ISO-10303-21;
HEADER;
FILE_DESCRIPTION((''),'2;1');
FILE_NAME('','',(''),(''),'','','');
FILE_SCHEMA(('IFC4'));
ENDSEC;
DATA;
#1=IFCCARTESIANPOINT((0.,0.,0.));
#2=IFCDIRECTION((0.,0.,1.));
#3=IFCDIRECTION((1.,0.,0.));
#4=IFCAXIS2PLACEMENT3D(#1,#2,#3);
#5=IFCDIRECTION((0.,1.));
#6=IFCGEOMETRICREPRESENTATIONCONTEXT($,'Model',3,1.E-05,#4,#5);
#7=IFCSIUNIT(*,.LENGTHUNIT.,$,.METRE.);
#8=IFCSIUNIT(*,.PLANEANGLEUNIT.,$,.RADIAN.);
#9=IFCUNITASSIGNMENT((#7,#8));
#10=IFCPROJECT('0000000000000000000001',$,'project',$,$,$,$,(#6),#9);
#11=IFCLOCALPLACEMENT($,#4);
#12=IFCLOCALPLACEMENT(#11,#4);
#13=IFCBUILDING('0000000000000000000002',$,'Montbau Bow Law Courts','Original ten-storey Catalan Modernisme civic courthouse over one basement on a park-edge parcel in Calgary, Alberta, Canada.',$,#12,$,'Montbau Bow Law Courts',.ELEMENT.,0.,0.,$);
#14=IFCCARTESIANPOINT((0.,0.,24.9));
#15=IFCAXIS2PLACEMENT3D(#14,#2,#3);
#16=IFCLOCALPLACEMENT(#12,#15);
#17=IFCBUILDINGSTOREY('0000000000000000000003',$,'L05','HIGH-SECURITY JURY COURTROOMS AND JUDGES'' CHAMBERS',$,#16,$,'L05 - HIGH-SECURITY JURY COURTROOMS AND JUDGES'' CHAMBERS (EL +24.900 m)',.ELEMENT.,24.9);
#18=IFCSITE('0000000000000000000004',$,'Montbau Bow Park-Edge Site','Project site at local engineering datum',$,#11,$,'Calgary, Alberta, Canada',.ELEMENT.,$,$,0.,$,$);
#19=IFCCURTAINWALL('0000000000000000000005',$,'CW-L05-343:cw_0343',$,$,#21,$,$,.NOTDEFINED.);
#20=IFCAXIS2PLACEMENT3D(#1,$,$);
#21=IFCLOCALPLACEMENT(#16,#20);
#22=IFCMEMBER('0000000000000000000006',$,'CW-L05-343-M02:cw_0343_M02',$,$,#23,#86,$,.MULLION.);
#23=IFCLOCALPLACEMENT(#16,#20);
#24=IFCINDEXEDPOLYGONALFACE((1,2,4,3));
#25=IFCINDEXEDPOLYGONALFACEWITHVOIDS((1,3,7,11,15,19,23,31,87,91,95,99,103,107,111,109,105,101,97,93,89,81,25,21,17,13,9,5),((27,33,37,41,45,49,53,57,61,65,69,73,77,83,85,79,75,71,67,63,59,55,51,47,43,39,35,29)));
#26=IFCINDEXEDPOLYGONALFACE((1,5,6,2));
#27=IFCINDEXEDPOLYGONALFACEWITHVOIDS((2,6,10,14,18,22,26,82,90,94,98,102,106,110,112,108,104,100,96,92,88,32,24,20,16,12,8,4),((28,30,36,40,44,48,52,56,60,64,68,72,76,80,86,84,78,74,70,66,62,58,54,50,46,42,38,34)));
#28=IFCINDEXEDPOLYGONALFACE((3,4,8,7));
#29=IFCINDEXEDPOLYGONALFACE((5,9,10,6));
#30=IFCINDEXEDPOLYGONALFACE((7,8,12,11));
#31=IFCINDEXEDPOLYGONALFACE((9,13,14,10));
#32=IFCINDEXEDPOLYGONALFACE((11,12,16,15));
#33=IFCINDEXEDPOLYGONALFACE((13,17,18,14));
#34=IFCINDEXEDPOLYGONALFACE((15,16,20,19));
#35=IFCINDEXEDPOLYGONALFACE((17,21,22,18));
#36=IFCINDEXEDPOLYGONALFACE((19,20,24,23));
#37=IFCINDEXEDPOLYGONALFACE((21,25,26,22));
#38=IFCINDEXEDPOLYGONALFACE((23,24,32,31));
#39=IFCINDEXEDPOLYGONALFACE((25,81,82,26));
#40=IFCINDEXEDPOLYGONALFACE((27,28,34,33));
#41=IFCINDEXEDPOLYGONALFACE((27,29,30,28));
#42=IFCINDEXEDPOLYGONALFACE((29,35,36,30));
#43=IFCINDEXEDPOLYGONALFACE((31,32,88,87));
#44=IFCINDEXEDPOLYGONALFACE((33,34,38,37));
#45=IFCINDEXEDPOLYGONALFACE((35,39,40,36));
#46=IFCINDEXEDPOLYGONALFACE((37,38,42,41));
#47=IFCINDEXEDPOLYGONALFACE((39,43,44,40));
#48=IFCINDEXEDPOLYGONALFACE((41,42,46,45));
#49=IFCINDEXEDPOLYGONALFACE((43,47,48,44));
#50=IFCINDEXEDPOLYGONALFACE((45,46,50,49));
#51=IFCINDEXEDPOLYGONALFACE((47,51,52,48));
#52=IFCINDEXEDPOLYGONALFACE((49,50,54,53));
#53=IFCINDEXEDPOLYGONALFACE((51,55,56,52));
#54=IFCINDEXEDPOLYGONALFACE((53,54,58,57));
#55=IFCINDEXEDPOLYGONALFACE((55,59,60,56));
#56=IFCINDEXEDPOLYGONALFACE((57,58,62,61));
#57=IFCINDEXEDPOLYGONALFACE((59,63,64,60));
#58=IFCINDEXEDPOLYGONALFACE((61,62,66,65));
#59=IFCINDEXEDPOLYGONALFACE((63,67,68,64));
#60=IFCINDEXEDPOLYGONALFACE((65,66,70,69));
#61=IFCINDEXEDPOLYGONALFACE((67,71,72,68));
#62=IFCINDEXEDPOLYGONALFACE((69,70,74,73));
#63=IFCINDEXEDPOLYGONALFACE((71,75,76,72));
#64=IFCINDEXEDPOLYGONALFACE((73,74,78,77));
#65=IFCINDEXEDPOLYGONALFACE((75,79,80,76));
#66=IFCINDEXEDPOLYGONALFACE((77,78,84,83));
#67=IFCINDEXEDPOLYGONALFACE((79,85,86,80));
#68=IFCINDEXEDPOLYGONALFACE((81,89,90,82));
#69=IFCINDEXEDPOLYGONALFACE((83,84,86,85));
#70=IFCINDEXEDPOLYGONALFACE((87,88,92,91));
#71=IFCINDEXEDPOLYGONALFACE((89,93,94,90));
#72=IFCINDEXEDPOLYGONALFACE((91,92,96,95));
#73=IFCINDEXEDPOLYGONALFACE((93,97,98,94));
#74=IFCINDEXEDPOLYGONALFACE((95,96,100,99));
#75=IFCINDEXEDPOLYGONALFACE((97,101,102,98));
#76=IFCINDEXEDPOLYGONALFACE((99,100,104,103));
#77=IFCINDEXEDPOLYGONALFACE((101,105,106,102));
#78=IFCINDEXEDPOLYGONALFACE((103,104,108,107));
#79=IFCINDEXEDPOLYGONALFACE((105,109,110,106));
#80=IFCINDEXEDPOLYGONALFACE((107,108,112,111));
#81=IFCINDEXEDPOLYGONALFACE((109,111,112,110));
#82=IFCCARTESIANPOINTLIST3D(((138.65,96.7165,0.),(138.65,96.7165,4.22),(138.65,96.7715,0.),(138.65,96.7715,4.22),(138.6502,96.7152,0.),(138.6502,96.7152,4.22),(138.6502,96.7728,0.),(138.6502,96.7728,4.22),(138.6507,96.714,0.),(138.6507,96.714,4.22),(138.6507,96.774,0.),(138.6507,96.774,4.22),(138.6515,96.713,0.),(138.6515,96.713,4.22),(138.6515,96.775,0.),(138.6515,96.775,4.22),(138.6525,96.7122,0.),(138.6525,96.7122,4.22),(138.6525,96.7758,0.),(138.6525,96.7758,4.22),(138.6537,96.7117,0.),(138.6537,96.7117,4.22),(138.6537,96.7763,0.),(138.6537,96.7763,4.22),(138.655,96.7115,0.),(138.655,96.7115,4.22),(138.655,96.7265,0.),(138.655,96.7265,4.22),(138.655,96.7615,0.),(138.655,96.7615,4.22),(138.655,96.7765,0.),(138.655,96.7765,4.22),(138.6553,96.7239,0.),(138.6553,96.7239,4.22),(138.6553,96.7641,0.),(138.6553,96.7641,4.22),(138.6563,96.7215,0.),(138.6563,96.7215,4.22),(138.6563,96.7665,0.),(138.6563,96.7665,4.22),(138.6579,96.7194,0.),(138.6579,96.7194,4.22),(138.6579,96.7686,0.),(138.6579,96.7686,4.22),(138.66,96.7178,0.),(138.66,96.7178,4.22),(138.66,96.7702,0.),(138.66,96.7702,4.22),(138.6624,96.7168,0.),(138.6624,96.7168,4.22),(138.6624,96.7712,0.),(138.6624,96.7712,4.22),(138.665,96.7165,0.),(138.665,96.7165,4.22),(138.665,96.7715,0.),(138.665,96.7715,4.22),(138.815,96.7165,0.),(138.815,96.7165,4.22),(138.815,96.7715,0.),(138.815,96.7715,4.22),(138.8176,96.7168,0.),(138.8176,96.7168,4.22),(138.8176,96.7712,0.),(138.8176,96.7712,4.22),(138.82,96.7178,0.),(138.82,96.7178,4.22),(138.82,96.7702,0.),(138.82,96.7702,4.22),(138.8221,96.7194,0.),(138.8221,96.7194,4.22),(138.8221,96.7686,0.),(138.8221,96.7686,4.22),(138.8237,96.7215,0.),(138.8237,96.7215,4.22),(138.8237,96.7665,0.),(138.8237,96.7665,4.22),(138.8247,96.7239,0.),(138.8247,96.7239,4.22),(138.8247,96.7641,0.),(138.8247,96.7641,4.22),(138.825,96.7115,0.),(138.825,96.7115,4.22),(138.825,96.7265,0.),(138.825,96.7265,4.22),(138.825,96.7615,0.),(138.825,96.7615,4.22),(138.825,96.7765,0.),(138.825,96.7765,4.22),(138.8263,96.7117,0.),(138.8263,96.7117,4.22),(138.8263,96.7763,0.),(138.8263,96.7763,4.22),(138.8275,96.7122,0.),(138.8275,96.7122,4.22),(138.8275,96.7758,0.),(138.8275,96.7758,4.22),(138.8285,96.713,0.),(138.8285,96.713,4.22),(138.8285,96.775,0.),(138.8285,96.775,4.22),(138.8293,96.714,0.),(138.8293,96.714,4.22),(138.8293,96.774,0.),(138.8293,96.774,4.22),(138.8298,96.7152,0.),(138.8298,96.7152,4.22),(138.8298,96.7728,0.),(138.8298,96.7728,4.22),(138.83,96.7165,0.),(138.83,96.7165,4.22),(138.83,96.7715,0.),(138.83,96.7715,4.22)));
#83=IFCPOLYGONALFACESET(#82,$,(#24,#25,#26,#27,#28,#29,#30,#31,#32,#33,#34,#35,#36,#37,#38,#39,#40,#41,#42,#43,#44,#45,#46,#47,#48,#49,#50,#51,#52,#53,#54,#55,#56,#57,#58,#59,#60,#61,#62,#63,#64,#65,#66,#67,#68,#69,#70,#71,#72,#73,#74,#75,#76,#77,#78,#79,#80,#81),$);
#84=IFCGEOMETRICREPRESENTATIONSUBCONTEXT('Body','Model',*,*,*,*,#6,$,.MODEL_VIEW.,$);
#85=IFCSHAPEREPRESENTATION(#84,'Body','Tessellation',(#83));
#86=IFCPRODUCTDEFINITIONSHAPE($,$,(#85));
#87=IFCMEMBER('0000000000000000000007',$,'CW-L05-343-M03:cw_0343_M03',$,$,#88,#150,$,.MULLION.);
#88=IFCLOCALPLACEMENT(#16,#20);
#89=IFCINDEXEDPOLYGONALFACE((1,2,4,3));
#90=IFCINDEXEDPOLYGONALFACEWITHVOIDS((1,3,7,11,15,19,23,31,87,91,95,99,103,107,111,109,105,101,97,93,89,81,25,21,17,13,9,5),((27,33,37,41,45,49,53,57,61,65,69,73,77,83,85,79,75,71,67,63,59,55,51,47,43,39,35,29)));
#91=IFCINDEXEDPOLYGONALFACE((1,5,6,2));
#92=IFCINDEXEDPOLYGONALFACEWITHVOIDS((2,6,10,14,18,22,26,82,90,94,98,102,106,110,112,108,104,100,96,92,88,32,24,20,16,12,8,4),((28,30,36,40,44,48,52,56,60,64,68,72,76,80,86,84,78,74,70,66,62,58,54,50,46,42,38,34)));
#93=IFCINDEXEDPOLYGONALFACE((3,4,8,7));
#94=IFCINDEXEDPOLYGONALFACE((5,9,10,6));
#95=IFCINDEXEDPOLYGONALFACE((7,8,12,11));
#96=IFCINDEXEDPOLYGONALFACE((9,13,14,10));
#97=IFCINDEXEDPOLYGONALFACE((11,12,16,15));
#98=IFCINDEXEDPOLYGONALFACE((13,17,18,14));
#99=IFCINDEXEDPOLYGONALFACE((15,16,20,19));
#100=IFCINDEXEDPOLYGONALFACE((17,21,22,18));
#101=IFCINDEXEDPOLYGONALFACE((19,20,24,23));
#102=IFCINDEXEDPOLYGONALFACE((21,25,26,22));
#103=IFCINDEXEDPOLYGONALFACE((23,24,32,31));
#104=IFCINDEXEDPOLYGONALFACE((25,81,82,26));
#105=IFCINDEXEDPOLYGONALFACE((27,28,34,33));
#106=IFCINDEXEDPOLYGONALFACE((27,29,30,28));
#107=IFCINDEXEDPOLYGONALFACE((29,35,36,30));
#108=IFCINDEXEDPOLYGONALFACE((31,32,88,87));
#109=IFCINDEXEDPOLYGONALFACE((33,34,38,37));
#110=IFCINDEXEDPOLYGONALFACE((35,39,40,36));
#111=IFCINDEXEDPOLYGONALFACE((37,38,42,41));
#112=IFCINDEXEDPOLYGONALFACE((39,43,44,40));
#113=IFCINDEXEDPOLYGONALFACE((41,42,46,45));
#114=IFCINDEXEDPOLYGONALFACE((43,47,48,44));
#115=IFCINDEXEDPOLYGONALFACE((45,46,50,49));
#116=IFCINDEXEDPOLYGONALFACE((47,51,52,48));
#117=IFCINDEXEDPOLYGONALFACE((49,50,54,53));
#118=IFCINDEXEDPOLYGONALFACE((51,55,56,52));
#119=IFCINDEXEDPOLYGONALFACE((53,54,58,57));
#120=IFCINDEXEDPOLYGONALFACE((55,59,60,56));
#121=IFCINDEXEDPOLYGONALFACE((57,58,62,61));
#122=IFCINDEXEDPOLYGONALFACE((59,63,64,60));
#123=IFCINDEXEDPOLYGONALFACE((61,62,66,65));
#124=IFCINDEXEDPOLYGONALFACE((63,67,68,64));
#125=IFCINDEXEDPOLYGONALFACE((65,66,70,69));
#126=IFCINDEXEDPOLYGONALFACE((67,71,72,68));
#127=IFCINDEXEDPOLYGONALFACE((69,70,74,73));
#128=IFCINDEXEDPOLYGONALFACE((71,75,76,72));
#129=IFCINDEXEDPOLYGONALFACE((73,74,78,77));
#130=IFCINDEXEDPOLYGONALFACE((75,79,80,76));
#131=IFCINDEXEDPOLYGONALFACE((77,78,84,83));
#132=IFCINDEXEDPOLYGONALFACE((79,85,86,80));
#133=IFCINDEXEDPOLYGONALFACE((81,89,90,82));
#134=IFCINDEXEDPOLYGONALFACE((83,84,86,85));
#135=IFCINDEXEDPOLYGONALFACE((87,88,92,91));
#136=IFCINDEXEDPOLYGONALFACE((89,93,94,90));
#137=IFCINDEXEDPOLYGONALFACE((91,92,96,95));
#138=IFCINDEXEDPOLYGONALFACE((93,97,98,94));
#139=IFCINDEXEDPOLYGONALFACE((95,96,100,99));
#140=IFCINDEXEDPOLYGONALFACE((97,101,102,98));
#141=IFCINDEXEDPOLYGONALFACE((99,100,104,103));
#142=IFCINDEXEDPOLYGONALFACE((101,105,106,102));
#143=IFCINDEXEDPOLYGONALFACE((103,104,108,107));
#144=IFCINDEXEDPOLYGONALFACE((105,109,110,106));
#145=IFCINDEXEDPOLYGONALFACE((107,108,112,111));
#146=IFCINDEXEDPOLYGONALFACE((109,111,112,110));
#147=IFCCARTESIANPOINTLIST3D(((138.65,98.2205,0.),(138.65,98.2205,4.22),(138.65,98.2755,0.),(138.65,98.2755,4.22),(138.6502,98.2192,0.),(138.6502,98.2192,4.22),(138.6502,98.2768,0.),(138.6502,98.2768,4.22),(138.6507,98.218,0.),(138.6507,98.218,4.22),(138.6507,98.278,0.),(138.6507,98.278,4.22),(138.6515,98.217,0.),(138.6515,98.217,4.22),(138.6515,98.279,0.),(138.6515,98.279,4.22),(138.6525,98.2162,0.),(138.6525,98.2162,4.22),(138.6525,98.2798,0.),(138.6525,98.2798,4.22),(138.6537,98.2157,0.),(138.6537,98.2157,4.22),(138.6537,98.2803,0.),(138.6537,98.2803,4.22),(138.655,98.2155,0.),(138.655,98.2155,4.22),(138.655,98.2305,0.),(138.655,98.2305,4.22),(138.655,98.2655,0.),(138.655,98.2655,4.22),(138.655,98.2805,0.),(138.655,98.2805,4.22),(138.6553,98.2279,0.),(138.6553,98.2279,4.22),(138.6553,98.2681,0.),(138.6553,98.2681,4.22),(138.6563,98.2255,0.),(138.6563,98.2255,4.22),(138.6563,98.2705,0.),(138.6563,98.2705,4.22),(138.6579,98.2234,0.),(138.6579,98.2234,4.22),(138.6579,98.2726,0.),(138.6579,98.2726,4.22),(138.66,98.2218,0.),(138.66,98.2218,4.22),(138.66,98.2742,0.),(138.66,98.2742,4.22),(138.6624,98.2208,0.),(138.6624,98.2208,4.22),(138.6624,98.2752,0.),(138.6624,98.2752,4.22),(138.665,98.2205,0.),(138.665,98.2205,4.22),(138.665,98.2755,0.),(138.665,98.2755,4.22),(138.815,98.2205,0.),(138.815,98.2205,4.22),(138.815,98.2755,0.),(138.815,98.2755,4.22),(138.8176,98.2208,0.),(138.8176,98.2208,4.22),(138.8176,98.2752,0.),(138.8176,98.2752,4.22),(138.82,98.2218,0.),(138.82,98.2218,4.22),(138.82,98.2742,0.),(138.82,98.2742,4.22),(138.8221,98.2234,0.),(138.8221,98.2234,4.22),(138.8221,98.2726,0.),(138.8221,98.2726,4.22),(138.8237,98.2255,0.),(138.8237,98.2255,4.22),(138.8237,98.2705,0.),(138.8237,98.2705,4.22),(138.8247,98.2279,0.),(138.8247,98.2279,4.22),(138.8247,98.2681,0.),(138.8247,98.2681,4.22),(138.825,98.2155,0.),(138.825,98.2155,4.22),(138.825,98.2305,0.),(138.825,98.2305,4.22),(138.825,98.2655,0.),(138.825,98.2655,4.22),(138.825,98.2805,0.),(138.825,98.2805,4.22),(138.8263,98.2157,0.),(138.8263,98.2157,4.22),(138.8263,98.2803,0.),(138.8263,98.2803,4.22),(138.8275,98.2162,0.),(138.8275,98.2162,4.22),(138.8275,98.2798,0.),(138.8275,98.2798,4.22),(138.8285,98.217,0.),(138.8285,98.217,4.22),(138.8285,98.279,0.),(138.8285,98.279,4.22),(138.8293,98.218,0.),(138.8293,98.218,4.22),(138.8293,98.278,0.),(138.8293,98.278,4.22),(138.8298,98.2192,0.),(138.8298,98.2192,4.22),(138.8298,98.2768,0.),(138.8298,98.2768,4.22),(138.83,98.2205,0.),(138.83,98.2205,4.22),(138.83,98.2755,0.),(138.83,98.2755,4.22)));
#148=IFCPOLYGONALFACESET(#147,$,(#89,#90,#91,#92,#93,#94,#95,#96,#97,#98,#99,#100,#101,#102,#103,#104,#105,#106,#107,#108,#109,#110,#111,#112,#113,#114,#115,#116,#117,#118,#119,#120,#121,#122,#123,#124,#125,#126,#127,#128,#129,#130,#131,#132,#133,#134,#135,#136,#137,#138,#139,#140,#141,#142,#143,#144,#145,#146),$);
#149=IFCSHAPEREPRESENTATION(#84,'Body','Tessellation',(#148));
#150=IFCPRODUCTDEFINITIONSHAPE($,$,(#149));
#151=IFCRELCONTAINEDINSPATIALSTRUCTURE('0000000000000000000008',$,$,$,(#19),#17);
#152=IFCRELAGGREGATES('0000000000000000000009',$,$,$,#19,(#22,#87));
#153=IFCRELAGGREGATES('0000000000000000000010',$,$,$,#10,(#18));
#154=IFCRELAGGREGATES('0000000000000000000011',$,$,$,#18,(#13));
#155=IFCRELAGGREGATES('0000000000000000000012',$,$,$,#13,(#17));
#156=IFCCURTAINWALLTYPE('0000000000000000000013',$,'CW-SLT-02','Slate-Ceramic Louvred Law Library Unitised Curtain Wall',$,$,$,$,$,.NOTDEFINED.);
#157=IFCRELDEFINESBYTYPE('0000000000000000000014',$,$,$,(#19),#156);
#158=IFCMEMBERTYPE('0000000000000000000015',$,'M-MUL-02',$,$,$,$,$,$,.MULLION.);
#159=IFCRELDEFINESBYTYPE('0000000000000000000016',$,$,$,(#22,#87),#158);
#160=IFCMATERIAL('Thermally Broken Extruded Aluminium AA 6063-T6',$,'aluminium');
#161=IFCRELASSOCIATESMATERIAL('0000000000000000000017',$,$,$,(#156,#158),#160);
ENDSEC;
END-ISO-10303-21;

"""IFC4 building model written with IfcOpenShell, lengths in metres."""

from ifc_helpers import new_model, si_unit, direction, frame, origin_with_axes, origin_2d_with_axis, place, context, subcontext, project, spatial, hollow_rectangle, extrude, material, material_profile, profile_set, type_object, element, aggregate, save


model = new_model("IFC4")

# Units and contexts
model_context = context("Model", 3, precision=1e-05, world=origin_with_axes(), true_north=direction((0.0, 1.0)))
body_context = subcontext(model_context, "Body", "Model", "MODEL_VIEW")
ifc_project = project(units=[si_unit("LENGTHUNIT", "METRE"), si_unit("PLANEANGLEUNIT", "RADIAN")], contexts=[model_context])

# Site, building, storey
site_placement = place(None, origin_with_axes())
site = spatial("IfcSite", under=ifc_project, at=site_placement, Name="Montbau Bow Park-Edge Site", Description="Project site at local engineering datum", LongName="Calgary, Alberta, Canada", CompositionType="ELEMENT", RefElevation=0.0)
building_placement = place(site_placement, origin_with_axes())
building = spatial("IfcBuilding", under=site, at=building_placement, Name="Montbau Bow Law Courts", Description="Original ten-storey Catalan Modernisme civic courthouse over one basement on a park-edge parcel in Calgary, Alberta, Canada.", LongName="Montbau Bow Law Courts", CompositionType="ELEMENT", ElevationOfRefHeight=0.0, ElevationOfTerrain=0.0)
storey_placement = place(building_placement, frame((0.0, 0.0, 24.9), z_axis=(0.0, 0.0, 1.0), x_axis=(1.0, 0.0, 0.0)))
storey = spatial("IfcBuildingStorey", under=building, at=storey_placement, Name="L05", Description="HIGH-SECURITY JURY COURTROOMS AND JUDGES' CHAMBERS", LongName="L05 - HIGH-SECURITY JURY COURTROOMS AND JUDGES' CHAMBERS (EL +24.900 m)", CompositionType="ELEMENT", Elevation=24.9)

# Curtain wall, members
ifc_material_1 = material(Name="Thermally Broken Extruded Aluminium AA 6063-T6", Category="aluminium")
curtain_wall_type = type_object("IfcCurtainWallType", Name="CW-SLT-02", Description="Slate-Ceramic Louvred Law Library Unitised Curtain Wall", PredefinedType="NOTDEFINED", material=ifc_material_1)
curtain_wall_placement = place(None, frame((138.74, 95.24, 24.9), z_axis=(0.0, 0.0, 1.0), x_axis=(1.0, 0.0, 0.0)))
curtain_wall = element("IfcCurtainWall", 1, at=curtain_wall_placement, inside=storey, type_object=curtain_wall_type, Name="CW-L05-343:cw_0343", PredefinedType="NOTDEFINED")
ifc_material_profile_1 = material_profile(ifc_material_1, hollow_rectangle(XDim=0.065, YDim=0.18, WallThickness=0.005, InnerFilletRadius=0.01, OuterFilletRadius=0.005, at=origin_2d_with_axis()), Name="CWM-180X65", Category="Main", Priority=0)
ifc_profile_set_1 = profile_set([ifc_material_profile_1], Name="Thermally Broken Extruded Aluminium AA 6063-T6")
member_type_1 = type_object("IfcMemberType", Name="M-MUL-02", PredefinedType="MULLION", material=ifc_profile_set_1)
member_1_placement = place(None, frame((138.74, 96.744, 24.9), z_axis=(0.0, 0.0, 1.0), x_axis=(0.0, 1.0, 0.0)))
member_1 = element("IfcMember", 2, at=member_1_placement, type_object=member_type_1, Name="CW-L05-343-M02:cw_0343_M02", PredefinedType="MULLION", context=body_context, shape_type="SweptSolid", body=[
    extrude(hollow_rectangle(XDim=0.065, YDim=0.18, WallThickness=0.005, InnerFilletRadius=0.01, OuterFilletRadius=0.005, at=origin_2d_with_axis()), origin_with_axes(), (0.0, 0.0, 1.0), 4.22),
])
member_2_placement = place(None, frame((138.74, 98.248, 24.9), z_axis=(0.0, 0.0, 1.0), x_axis=(0.0, 1.0, 0.0)))
member_2 = element("IfcMember", 3, at=member_2_placement, type_object=member_type_1, Name="CW-L05-343-M03:cw_0343_M03", PredefinedType="MULLION", context=body_context, shape_type="SweptSolid", body=[
    extrude(hollow_rectangle(XDim=0.065, YDim=0.18, WallThickness=0.005, InnerFilletRadius=0.01, OuterFilletRadius=0.005, at=origin_2d_with_axis()), origin_with_axes(), (0.0, 0.0, 1.0), 4.22),
])
aggregate(curtain_wall, [member_1, member_2])

save(model, "model.ifc")
